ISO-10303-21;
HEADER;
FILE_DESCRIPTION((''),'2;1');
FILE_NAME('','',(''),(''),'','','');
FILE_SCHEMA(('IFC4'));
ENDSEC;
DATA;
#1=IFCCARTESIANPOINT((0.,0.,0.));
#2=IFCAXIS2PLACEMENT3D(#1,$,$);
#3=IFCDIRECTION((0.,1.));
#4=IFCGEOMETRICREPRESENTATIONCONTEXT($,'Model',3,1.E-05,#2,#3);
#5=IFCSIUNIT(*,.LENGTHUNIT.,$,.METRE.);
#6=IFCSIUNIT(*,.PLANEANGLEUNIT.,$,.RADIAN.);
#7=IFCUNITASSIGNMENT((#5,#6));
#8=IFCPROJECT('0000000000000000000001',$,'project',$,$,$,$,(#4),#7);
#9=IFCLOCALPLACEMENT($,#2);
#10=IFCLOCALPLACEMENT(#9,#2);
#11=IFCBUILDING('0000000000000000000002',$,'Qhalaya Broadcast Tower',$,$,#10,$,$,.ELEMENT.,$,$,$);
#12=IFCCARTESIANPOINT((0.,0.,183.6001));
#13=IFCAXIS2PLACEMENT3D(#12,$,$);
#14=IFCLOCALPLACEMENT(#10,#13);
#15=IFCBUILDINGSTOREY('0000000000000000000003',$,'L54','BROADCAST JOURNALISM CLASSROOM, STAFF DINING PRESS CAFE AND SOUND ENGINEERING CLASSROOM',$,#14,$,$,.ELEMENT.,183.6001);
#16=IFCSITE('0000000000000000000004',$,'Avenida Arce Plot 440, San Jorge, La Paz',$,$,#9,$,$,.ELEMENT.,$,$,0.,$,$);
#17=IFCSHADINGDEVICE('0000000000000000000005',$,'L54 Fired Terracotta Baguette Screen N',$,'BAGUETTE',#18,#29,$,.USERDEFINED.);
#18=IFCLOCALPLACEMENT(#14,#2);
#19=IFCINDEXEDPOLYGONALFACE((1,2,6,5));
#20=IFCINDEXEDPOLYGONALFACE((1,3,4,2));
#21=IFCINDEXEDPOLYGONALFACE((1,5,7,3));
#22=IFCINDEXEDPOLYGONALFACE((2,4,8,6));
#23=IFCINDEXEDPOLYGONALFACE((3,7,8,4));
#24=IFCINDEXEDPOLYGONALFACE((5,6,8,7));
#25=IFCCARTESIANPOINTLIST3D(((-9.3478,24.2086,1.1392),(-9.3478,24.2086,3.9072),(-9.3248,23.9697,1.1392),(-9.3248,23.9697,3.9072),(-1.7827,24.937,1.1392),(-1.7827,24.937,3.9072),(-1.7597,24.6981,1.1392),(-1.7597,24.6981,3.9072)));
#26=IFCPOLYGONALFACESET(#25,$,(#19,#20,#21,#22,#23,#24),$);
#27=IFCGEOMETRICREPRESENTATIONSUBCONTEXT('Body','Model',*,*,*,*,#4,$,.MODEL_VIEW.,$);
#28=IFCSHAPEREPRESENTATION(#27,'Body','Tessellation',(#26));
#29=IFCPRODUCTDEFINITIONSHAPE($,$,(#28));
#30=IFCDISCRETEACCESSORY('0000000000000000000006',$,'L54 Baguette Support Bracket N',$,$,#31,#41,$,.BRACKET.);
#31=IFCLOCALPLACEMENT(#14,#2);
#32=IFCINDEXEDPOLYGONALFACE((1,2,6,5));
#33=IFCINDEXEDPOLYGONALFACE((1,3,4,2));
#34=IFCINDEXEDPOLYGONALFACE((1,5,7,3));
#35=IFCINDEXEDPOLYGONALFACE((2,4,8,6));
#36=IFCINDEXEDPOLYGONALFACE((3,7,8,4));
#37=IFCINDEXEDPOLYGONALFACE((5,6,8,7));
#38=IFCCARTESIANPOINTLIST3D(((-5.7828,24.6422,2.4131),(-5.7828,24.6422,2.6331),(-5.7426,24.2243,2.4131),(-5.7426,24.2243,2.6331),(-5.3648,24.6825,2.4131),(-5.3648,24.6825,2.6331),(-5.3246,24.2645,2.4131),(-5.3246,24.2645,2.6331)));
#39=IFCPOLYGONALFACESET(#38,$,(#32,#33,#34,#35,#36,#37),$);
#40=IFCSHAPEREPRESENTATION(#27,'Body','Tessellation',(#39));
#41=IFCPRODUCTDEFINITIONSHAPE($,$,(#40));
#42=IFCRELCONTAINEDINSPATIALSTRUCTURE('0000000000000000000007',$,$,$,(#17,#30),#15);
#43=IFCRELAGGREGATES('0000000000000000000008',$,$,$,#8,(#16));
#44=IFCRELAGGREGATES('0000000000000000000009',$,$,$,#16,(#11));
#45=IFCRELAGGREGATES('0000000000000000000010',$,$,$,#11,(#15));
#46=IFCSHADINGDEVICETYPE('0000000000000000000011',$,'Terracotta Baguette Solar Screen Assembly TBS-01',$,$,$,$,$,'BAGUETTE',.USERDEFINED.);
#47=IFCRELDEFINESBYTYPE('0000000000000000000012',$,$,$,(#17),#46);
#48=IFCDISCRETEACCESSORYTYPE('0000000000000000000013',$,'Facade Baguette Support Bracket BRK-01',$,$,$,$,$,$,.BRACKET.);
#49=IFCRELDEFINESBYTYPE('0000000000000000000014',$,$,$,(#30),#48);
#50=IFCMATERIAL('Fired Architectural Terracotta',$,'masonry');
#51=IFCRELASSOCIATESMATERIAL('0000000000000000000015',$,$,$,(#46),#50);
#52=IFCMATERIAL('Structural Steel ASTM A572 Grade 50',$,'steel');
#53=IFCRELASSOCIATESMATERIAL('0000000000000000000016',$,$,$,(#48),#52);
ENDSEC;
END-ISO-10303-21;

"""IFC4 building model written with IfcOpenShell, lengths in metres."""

from ifc_helpers import new_model, si_unit, direction, frame, origin, origin_2d, place, context, subcontext, project, spatial, rectangle, extrude, material, type_object, element, save


model = new_model("IFC4")

# Units and contexts
model_context = context("Model", 3, precision=1e-05, world=origin(), true_north=direction((0.0, 1.0)))
body_context = subcontext(model_context, "Body", "Model", "MODEL_VIEW")
ifc_project = project(units=[si_unit("LENGTHUNIT", "METRE"), si_unit("PLANEANGLEUNIT", "RADIAN")], contexts=[model_context])

# Site, building, storey
site_placement = place(None, origin())
site = spatial("IfcSite", under=ifc_project, at=site_placement, Name="Avenida Arce Plot 440, San Jorge, La Paz", CompositionType="ELEMENT", RefElevation=0.0)
building_placement = place(site_placement, origin())
building = spatial("IfcBuilding", under=site, at=building_placement, Name="Qhalaya Broadcast Tower", CompositionType="ELEMENT")
storey_placement = place(building_placement, frame((0.0, 0.0, 183.6001)))
storey = spatial("IfcBuildingStorey", under=building, at=storey_placement, Name="L54", Description="BROADCAST JOURNALISM CLASSROOM, STAFF DINING PRESS CAFE AND SOUND ENGINEERING CLASSROOM", CompositionType="ELEMENT", Elevation=183.6001)

# Shared definitions
ifc_material_1 = material(Name="Structural Steel ASTM A572 Grade 50", Category="steel")

# Shared definitions
ifc_material_2 = material(Name="Fired Architectural Terracotta", Category="masonry")

# Shading device
shading_device_type = type_object("IfcShadingDeviceType", Name="Terracotta Baguette Solar Screen Assembly TBS-01", ElementType="BAGUETTE", PredefinedType="USERDEFINED", material=ifc_material_2)
shading_device_placement = place(storey_placement, frame((-5.5537, 24.4534, 1.1392), z_axis=(0.0, 0.0, 1.0), x_axis=(-0.995396, -0.095846, 0.0)))
element("IfcShadingDevice", 1, at=shading_device_placement, inside=storey, type_object=shading_device_type, Name="L54 Fired Terracotta Baguette Screen N", ObjectType="BAGUETTE", PredefinedType="USERDEFINED", context=body_context, shape_type="SweptSolid", body=[
    extrude(rectangle(XDim=7.6001, YDim=0.24, at=origin_2d()), origin(), (0.0, 0.0, 1.0), 2.7681),
])

# Discrete accessory
discrete_accessory_type = type_object("IfcDiscreteAccessoryType", Name="Facade Baguette Support Bracket BRK-01", PredefinedType="BRACKET", material=ifc_material_1)
discrete_accessory_placement = place(storey_placement, frame((-5.5537, 24.4534, 2.4131), z_axis=(0.0, 0.0, 1.0), x_axis=(-0.995396, -0.095846, 0.0)))
element("IfcDiscreteAccessory", 2, at=discrete_accessory_placement, inside=storey, type_object=discrete_accessory_type, Name="L54 Baguette Support Bracket N", PredefinedType="BRACKET", context=body_context, shape_type="SweptSolid", body=[
    extrude(rectangle(XDim=0.4199, YDim=0.4199, at=origin_2d()), origin(), (0.0, 0.0, 1.0), 0.22),
])

save(model, "model.ifc")
